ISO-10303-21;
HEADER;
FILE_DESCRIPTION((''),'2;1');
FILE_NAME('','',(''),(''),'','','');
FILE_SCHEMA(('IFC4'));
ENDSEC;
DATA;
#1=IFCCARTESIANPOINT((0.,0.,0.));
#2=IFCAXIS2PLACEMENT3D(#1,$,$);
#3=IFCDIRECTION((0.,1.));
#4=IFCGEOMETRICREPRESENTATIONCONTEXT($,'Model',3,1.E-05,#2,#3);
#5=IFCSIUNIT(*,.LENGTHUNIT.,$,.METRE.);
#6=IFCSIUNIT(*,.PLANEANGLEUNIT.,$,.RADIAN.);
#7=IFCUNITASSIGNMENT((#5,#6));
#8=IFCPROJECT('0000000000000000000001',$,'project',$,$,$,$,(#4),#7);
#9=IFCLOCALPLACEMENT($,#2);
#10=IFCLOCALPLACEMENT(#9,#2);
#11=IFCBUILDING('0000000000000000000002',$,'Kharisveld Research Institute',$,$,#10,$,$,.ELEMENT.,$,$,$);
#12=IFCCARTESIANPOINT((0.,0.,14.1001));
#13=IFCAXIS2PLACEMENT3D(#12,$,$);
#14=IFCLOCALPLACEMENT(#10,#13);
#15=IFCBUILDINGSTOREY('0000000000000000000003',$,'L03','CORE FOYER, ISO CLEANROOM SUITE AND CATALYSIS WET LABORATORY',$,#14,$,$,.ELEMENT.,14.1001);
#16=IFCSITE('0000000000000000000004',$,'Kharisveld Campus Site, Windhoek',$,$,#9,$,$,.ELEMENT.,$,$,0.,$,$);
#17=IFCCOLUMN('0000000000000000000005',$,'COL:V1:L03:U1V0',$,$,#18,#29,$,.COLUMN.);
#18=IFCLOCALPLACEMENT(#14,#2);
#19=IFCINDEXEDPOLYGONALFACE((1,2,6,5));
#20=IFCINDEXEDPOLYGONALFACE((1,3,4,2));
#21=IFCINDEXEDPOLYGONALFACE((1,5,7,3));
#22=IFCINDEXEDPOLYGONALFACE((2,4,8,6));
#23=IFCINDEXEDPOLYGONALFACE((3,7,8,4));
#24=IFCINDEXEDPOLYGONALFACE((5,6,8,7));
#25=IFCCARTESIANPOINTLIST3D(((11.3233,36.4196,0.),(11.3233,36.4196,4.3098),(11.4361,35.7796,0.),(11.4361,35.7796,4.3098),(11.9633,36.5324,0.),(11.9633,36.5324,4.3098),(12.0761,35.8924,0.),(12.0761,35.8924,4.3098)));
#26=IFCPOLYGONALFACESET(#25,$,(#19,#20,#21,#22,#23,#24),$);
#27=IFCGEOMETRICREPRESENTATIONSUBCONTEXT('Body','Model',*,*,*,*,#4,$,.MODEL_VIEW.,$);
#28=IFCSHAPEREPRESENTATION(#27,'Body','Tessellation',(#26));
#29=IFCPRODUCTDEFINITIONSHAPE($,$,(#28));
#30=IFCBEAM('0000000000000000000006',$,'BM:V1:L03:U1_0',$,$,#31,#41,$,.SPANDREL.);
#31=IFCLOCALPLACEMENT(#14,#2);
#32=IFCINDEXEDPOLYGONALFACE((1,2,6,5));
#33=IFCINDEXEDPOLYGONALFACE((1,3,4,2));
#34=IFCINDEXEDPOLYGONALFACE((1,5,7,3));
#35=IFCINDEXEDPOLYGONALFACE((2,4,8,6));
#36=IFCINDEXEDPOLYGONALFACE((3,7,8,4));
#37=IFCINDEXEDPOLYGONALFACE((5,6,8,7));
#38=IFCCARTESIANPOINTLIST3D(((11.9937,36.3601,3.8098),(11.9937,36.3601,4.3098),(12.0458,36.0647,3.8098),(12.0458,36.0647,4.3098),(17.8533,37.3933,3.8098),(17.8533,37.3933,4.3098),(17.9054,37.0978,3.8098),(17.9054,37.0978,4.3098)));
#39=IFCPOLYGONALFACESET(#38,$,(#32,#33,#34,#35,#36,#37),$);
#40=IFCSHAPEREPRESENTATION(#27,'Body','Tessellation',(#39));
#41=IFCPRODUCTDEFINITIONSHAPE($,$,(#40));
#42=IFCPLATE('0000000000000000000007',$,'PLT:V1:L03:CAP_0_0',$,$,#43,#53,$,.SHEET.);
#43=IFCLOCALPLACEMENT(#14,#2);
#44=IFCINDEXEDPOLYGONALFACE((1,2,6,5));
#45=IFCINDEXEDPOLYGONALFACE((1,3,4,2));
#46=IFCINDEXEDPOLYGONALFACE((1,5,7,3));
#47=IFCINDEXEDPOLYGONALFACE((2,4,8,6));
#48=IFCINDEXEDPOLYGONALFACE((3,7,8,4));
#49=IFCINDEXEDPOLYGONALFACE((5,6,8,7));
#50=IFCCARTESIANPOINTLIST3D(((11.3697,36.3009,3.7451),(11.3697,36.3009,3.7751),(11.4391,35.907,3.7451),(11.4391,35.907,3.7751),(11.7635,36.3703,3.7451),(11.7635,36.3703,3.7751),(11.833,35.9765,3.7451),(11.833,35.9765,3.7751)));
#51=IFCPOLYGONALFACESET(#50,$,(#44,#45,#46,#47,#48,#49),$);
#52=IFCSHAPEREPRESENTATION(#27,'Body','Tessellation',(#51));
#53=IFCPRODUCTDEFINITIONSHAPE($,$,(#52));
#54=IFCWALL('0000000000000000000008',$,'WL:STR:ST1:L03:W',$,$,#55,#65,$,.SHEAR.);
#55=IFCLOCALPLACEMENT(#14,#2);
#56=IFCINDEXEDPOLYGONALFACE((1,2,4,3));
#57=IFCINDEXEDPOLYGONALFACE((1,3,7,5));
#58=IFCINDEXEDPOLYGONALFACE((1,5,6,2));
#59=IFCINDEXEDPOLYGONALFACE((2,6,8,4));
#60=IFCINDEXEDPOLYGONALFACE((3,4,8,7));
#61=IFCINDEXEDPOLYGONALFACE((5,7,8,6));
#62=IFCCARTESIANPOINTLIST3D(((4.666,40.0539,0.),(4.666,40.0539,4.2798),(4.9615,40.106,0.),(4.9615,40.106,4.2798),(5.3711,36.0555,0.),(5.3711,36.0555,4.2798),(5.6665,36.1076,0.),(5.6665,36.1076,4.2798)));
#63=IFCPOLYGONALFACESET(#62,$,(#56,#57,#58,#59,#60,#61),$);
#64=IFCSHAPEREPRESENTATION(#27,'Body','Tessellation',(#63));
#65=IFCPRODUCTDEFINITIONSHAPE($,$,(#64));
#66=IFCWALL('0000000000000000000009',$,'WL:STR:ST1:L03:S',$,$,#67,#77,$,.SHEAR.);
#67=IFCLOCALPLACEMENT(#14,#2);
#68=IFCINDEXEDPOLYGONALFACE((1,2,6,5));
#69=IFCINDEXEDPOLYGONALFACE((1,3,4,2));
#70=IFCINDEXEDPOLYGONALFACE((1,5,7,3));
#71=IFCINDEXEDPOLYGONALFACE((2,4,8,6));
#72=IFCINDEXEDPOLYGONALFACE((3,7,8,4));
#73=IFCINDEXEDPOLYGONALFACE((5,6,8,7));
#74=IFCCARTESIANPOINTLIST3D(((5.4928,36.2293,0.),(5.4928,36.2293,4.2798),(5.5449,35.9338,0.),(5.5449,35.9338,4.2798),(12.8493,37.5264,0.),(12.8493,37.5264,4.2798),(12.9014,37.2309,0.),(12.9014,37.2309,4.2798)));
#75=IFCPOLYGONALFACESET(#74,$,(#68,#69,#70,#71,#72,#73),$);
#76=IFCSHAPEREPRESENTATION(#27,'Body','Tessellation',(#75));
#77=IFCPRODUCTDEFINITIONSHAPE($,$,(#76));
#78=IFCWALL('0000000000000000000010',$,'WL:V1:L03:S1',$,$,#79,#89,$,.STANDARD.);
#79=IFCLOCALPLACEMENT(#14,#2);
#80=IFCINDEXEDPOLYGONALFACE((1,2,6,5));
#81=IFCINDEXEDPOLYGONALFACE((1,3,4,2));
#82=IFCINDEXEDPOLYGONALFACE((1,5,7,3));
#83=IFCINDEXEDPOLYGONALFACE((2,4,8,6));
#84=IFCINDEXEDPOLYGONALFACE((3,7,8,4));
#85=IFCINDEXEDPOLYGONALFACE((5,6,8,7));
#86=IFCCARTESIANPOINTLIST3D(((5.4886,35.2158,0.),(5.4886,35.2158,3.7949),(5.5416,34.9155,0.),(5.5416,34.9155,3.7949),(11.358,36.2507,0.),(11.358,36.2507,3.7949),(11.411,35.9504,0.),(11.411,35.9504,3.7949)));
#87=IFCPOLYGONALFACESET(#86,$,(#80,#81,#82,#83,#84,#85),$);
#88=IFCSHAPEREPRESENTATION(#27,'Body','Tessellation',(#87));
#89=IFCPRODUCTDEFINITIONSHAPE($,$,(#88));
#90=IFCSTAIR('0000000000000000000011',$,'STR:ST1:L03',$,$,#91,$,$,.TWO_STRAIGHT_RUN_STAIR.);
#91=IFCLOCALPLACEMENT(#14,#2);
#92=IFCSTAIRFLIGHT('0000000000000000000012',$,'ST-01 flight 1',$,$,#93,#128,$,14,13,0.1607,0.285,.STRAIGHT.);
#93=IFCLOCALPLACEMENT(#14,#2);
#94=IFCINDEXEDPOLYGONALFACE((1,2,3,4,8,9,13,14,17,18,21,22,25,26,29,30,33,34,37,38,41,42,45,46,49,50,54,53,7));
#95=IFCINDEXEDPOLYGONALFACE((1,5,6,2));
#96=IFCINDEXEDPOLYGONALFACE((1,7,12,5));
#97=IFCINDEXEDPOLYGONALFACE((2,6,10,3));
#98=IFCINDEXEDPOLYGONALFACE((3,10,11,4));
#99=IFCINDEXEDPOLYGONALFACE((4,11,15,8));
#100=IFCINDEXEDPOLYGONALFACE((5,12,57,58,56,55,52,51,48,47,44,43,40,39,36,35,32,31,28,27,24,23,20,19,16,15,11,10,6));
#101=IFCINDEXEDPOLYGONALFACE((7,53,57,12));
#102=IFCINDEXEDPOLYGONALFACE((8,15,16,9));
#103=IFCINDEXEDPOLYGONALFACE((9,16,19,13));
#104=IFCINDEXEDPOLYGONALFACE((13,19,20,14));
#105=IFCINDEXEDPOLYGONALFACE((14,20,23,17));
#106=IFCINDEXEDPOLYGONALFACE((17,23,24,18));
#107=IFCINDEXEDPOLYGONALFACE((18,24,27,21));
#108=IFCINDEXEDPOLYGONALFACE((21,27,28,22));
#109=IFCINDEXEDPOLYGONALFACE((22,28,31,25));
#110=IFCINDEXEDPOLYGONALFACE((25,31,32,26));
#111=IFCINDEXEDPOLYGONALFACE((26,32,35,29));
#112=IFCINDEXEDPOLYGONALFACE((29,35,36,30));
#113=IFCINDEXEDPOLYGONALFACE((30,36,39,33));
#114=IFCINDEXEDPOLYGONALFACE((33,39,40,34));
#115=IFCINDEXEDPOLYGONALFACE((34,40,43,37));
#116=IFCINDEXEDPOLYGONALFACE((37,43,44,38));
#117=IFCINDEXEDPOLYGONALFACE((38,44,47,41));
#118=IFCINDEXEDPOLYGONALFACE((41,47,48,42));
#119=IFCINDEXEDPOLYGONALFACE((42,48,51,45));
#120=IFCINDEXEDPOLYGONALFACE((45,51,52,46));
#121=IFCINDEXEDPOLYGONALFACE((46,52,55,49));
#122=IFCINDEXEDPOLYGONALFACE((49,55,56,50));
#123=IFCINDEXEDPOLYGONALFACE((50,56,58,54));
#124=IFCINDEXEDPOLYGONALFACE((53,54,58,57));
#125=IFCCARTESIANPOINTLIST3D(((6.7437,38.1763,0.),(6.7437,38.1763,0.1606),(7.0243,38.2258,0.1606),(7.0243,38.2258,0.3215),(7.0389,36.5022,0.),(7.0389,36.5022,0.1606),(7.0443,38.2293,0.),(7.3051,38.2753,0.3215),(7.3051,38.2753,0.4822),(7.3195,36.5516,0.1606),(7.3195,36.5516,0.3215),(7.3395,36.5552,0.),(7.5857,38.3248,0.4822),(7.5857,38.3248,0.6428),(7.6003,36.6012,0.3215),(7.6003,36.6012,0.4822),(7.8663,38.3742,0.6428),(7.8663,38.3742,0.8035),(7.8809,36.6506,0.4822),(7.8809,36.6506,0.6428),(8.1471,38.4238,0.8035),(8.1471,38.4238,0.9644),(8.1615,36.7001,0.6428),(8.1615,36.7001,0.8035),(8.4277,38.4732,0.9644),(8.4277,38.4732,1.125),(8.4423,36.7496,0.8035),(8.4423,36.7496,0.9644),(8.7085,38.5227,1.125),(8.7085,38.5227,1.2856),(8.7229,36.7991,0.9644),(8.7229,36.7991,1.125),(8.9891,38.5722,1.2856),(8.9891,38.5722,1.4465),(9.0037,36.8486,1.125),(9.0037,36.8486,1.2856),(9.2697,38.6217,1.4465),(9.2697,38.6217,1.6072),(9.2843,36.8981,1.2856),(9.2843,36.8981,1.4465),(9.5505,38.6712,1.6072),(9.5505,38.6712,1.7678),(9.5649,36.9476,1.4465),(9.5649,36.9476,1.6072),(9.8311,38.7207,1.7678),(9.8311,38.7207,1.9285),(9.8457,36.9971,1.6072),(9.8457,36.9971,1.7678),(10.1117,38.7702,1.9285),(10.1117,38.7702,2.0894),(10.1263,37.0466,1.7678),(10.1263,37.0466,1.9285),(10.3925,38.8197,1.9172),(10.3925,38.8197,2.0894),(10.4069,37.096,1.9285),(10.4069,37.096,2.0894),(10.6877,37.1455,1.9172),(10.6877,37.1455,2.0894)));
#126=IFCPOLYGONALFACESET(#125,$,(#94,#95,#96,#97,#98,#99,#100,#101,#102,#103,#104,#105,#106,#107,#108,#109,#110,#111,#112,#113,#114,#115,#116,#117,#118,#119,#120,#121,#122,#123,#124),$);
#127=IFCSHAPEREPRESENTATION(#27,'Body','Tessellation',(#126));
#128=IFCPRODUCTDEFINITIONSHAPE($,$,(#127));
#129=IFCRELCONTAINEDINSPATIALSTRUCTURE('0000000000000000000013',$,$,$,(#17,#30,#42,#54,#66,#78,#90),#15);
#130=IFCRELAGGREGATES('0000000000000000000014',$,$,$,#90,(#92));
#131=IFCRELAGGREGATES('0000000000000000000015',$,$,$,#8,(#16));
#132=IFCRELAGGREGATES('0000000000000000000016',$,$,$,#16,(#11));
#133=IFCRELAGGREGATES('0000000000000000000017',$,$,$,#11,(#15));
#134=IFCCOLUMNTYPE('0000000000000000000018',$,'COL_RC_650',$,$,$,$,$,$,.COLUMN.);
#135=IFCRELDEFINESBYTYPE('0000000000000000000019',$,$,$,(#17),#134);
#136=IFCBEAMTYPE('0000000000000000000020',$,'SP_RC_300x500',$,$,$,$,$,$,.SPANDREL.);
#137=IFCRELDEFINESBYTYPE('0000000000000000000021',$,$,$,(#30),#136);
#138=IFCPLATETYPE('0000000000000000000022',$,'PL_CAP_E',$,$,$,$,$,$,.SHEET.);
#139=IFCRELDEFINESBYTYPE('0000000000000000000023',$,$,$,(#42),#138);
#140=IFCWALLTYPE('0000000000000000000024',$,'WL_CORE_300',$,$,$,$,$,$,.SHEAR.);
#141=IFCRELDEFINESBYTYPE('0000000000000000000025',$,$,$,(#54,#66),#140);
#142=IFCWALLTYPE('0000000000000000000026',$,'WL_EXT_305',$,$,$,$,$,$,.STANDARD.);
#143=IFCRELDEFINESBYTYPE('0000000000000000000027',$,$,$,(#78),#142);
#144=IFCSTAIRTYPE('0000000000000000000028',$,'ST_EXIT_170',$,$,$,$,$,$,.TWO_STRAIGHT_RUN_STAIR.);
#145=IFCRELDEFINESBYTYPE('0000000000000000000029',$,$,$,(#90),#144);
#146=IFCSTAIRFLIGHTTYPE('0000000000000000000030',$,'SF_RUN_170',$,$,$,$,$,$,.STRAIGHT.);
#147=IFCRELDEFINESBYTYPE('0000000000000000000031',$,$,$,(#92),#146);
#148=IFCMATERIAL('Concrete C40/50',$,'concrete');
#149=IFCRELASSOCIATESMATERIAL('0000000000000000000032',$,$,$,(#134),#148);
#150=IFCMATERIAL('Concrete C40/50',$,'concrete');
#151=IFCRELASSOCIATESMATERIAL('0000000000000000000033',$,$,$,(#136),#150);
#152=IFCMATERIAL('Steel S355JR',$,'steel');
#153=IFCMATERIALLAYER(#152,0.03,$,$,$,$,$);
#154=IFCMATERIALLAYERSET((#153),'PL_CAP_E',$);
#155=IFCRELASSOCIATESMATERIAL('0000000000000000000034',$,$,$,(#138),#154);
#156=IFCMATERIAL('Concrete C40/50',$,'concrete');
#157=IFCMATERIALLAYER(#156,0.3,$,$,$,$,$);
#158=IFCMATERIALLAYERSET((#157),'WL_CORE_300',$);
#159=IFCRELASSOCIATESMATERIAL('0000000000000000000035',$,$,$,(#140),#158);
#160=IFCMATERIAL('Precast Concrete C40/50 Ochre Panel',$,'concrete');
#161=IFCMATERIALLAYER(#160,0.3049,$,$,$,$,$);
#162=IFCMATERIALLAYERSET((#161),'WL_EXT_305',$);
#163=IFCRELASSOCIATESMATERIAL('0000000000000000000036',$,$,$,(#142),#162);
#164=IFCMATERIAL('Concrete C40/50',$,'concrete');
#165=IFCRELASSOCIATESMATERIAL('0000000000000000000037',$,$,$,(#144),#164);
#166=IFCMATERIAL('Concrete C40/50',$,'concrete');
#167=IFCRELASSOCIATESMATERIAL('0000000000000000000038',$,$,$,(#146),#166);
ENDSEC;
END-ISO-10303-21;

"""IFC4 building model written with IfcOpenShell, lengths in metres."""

from ifc_helpers import new_model, si_unit, direction, frame, frame_2d, origin, origin_2d, place, context, subcontext, project, spatial, polyline, rectangle, outline, extrude, material, layer, layer_set, material_profile, profile_set, type_object, element, aggregate, save


model = new_model("IFC4")

# Units and contexts
model_context = context("Model", 3, precision=1e-05, world=origin(), true_north=direction((0.0, 1.0)))
body_context = subcontext(model_context, "Body", "Model", "MODEL_VIEW")
ifc_project = project(units=[si_unit("LENGTHUNIT", "METRE"), si_unit("PLANEANGLEUNIT", "RADIAN")], contexts=[model_context])

# Site, building, storey
site_placement = place(None, origin())
site = spatial("IfcSite", under=ifc_project, at=site_placement, Name="Kharisveld Campus Site, Windhoek", CompositionType="ELEMENT", RefElevation=0.0)
building_placement = place(site_placement, origin())
building = spatial("IfcBuilding", under=site, at=building_placement, Name="Kharisveld Research Institute", CompositionType="ELEMENT")
storey_placement = place(building_placement, frame((0.0, 0.0, 14.1001)))
storey = spatial("IfcBuildingStorey", under=building, at=storey_placement, Name="L03", Description="CORE FOYER, ISO CLEANROOM SUITE AND CATALYSIS WET LABORATORY", CompositionType="ELEMENT", Elevation=14.1001)

# Column
ifc_material_1 = material(Name="Concrete C40/50", Category="concrete")
ifc_material_profile_1 = material_profile(ifc_material_1, rectangle(XDim=0.6499, YDim=0.6499, at=origin_2d()))
ifc_profile_set_1 = profile_set([ifc_material_profile_1], Name="Concrete C40/50")
column_type = type_object("IfcColumnType", Name="COL_RC_650", PredefinedType="COLUMN", material=ifc_profile_set_1)
column_placement = place(storey_placement, frame((11.6997, 36.156, 0.0), z_axis=(0.0, 0.0, 1.0), x_axis=(0.984808, 0.173648, 0.0)))
element("IfcColumn", 1, at=column_placement, inside=storey, type_object=column_type, Name="COL:V1:L03:U1V0", PredefinedType="COLUMN", context=body_context, shape_type="SweptSolid", body=[
    extrude(rectangle(XDim=0.6499, YDim=0.6499, at=origin_2d()), origin(), (0.0, 0.0, 1.0), 4.3098),
])

# Beam
ifc_material_2 = material(Name="Concrete C40/50", Category="concrete")
ifc_material_profile_2 = material_profile(ifc_material_2, rectangle(XDim=0.3, YDim=0.5, at=origin_2d()))
ifc_profile_set_2 = profile_set([ifc_material_profile_2], Name="Concrete C40/50")
beam_type = type_object("IfcBeamType", Name="SP_RC_300x500", PredefinedType="SPANDREL", material=ifc_profile_set_2)
beam_placement = place(storey_placement, frame((12.0198, 36.2124, 4.0598), z_axis=(0.984808, 0.173647, 0.0), x_axis=(-0.173647, 0.984808, 0.0)))
element("IfcBeam", 2, at=beam_placement, inside=storey, type_object=beam_type, Name="BM:V1:L03:U1_0", PredefinedType="SPANDREL", context=body_context, shape_type="SweptSolid", body=[
    extrude(rectangle(XDim=0.3, YDim=0.5, at=origin_2d()), origin(), (0.0, 0.0, 1.0), 5.95),
])

# Plate
ifc_material_3 = material(Name="Steel S355JR", Category="steel")
ifc_layer_1 = layer(ifc_material_3, 0.03)
ifc_layer_set_1 = layer_set([ifc_layer_1], Name="PL_CAP_E")
plate_type = type_object("IfcPlateType", Name="PL_CAP_E", PredefinedType="SHEET", material=ifc_layer_set_1)
plate_placement = place(storey_placement, frame((11.6013, 36.1387, 3.7451), z_axis=(0.0, 0.0, 1.0), x_axis=(0.984808, 0.173648, 0.0)))
element("IfcPlate", 3, at=plate_placement, inside=storey, type_object=plate_type, Name="PLT:V1:L03:CAP_0_0", PredefinedType="SHEET", context=body_context, shape_type="SweptSolid", body=[
    extrude(rectangle(XDim=0.3999, YDim=0.3999, at=origin_2d()), origin(), (0.0, 0.0, 1.0), 0.03),
])

# Walls
ifc_material_4 = material(Name="Concrete C40/50", Category="concrete")
ifc_layer_2 = layer(ifc_material_4, 0.3)
ifc_layer_set_2 = layer_set([ifc_layer_2], Name="WL_CORE_300")
wall_type_1 = type_object("IfcWallType", Name="WL_CORE_300", PredefinedType="SHEAR", material=ifc_layer_set_2)
wall_1_placement = place(storey_placement, frame((5.5188, 36.0815, 0.0), z_axis=(0.0, 0.0, 1.0), x_axis=(-0.173665, 0.984805, 0.0)))
element("IfcWall", 4, at=wall_1_placement, inside=storey, type_object=wall_type_1, Name="WL:STR:ST1:L03:W", PredefinedType="SHEAR", context=body_context, shape_type="SweptSolid", body=[
    extrude(rectangle(XDim=4.0601, YDim=0.3, at=frame_2d((2.03, 0.0))), origin(), (0.0, 0.0, 1.0), 4.2798),
])
wall_2_placement = place(storey_placement, frame((12.8752, 37.3787, 0.0), z_axis=(0.0, 0.0, 1.0), x_axis=(-0.984808, -0.173645, 0.0)))
element("IfcWall", 5, at=wall_2_placement, inside=storey, type_object=wall_type_1, Name="WL:STR:ST1:L03:S", PredefinedType="SHEAR", context=body_context, shape_type="SweptSolid", body=[
    extrude(rectangle(XDim=7.47, YDim=0.3, at=frame_2d((3.7349, 0.0))), origin(), (0.0, 0.0, 1.0), 4.2798),
])
ifc_material_5 = material(Name="Precast Concrete C40/50 Ochre Panel", Category="concrete")
ifc_layer_3 = layer(ifc_material_5, 0.3049)
ifc_layer_set_3 = layer_set([ifc_layer_3], Name="WL_EXT_305")
wall_type_2 = type_object("IfcWallType", Name="WL_EXT_305", PredefinedType="STANDARD", material=ifc_layer_set_3)
wall_3_placement = place(storey_placement, frame((11.3845, 36.1006, 0.0), z_axis=(0.0, 0.0, 1.0), x_axis=(-0.984808, -0.173645, 0.0)))
element("IfcWall", 6, at=wall_3_placement, inside=storey, type_object=wall_type_2, Name="WL:V1:L03:S1", PredefinedType="STANDARD", context=body_context, shape_type="SweptSolid", body=[
    extrude(rectangle(XDim=5.96, YDim=0.3049, at=frame_2d((2.98, 0.0))), origin(), (0.0, 0.0, 1.0), 3.7949),
])

# Stair, stair flight
ifc_material_6 = material(Name="Concrete C40/50", Category="concrete")
stair_type = type_object("IfcStairType", Name="ST_EXIT_170", PredefinedType="TWO_STRAIGHT_RUN_STAIR", material=ifc_material_6)
stair_placement = place(storey_placement, origin())
stair = element("IfcStair", 7, at=stair_placement, inside=storey, type_object=stair_type, Name="STR:ST1:L03", PredefinedType="TWO_STRAIGHT_RUN_STAIR")
ifc_material_7 = material(Name="Concrete C40/50", Category="concrete")
stair_flight_type = type_object("IfcStairFlightType", Name="SF_RUN_170", PredefinedType="STRAIGHT", material=ifc_material_7)
stair_flight_placement = place(storey_placement, frame((6.8914, 37.3391, 0.0), z_axis=(0.0, 0.0, 1.0), x_axis=(0.984808, 0.173648, 0.0)))
stair_flight = element("IfcStairFlight", 8, at=stair_flight_placement, type_object=stair_flight_type, Name="ST-01 flight 1", NumberOfRisers=14, NumberOfTreads=13, PredefinedType="STRAIGHT", RiserHeight=0.1607, TreadLength=0.285, context=body_context, shape_type="SweptSolid", body=[
    extrude(outline(polyline([(0.0, 0.0), (0.0, 0.1606), (0.2849, 0.1606), (0.2849, 0.3215), (0.5701, 0.3215), (0.5701, 0.4822), (0.855, 0.4822), (0.855, 0.6428), (1.1399, 0.6428), (1.1399, 0.8035), (1.425, 0.8035), (1.425, 0.9644), (1.71, 0.9644), (1.71, 1.125), (1.9951, 1.125), (1.9951, 1.2856), (2.28, 1.2856), (2.28, 1.4465), (2.5649, 1.4465), (2.5649, 1.6072), (2.8501, 1.6072), (2.8501, 1.7678), (3.135, 1.7678), (3.135, 1.9285), (3.4199, 1.9285), (3.4199, 2.0894), (3.7051, 2.0894), (3.7051, 2.25), (3.7051, 1.9172), (0.3052, 0.0), (0.0, 0.0)])), frame((0.0, 0.8501, 0.0), z_axis=(0.0, -1.0, 0.0), x_axis=(1.0, 0.0, 0.0)), (0.0, 0.0, 1.0), 1.7),
])
aggregate(stair, [stair_flight])

save(model, "model.ifc")
